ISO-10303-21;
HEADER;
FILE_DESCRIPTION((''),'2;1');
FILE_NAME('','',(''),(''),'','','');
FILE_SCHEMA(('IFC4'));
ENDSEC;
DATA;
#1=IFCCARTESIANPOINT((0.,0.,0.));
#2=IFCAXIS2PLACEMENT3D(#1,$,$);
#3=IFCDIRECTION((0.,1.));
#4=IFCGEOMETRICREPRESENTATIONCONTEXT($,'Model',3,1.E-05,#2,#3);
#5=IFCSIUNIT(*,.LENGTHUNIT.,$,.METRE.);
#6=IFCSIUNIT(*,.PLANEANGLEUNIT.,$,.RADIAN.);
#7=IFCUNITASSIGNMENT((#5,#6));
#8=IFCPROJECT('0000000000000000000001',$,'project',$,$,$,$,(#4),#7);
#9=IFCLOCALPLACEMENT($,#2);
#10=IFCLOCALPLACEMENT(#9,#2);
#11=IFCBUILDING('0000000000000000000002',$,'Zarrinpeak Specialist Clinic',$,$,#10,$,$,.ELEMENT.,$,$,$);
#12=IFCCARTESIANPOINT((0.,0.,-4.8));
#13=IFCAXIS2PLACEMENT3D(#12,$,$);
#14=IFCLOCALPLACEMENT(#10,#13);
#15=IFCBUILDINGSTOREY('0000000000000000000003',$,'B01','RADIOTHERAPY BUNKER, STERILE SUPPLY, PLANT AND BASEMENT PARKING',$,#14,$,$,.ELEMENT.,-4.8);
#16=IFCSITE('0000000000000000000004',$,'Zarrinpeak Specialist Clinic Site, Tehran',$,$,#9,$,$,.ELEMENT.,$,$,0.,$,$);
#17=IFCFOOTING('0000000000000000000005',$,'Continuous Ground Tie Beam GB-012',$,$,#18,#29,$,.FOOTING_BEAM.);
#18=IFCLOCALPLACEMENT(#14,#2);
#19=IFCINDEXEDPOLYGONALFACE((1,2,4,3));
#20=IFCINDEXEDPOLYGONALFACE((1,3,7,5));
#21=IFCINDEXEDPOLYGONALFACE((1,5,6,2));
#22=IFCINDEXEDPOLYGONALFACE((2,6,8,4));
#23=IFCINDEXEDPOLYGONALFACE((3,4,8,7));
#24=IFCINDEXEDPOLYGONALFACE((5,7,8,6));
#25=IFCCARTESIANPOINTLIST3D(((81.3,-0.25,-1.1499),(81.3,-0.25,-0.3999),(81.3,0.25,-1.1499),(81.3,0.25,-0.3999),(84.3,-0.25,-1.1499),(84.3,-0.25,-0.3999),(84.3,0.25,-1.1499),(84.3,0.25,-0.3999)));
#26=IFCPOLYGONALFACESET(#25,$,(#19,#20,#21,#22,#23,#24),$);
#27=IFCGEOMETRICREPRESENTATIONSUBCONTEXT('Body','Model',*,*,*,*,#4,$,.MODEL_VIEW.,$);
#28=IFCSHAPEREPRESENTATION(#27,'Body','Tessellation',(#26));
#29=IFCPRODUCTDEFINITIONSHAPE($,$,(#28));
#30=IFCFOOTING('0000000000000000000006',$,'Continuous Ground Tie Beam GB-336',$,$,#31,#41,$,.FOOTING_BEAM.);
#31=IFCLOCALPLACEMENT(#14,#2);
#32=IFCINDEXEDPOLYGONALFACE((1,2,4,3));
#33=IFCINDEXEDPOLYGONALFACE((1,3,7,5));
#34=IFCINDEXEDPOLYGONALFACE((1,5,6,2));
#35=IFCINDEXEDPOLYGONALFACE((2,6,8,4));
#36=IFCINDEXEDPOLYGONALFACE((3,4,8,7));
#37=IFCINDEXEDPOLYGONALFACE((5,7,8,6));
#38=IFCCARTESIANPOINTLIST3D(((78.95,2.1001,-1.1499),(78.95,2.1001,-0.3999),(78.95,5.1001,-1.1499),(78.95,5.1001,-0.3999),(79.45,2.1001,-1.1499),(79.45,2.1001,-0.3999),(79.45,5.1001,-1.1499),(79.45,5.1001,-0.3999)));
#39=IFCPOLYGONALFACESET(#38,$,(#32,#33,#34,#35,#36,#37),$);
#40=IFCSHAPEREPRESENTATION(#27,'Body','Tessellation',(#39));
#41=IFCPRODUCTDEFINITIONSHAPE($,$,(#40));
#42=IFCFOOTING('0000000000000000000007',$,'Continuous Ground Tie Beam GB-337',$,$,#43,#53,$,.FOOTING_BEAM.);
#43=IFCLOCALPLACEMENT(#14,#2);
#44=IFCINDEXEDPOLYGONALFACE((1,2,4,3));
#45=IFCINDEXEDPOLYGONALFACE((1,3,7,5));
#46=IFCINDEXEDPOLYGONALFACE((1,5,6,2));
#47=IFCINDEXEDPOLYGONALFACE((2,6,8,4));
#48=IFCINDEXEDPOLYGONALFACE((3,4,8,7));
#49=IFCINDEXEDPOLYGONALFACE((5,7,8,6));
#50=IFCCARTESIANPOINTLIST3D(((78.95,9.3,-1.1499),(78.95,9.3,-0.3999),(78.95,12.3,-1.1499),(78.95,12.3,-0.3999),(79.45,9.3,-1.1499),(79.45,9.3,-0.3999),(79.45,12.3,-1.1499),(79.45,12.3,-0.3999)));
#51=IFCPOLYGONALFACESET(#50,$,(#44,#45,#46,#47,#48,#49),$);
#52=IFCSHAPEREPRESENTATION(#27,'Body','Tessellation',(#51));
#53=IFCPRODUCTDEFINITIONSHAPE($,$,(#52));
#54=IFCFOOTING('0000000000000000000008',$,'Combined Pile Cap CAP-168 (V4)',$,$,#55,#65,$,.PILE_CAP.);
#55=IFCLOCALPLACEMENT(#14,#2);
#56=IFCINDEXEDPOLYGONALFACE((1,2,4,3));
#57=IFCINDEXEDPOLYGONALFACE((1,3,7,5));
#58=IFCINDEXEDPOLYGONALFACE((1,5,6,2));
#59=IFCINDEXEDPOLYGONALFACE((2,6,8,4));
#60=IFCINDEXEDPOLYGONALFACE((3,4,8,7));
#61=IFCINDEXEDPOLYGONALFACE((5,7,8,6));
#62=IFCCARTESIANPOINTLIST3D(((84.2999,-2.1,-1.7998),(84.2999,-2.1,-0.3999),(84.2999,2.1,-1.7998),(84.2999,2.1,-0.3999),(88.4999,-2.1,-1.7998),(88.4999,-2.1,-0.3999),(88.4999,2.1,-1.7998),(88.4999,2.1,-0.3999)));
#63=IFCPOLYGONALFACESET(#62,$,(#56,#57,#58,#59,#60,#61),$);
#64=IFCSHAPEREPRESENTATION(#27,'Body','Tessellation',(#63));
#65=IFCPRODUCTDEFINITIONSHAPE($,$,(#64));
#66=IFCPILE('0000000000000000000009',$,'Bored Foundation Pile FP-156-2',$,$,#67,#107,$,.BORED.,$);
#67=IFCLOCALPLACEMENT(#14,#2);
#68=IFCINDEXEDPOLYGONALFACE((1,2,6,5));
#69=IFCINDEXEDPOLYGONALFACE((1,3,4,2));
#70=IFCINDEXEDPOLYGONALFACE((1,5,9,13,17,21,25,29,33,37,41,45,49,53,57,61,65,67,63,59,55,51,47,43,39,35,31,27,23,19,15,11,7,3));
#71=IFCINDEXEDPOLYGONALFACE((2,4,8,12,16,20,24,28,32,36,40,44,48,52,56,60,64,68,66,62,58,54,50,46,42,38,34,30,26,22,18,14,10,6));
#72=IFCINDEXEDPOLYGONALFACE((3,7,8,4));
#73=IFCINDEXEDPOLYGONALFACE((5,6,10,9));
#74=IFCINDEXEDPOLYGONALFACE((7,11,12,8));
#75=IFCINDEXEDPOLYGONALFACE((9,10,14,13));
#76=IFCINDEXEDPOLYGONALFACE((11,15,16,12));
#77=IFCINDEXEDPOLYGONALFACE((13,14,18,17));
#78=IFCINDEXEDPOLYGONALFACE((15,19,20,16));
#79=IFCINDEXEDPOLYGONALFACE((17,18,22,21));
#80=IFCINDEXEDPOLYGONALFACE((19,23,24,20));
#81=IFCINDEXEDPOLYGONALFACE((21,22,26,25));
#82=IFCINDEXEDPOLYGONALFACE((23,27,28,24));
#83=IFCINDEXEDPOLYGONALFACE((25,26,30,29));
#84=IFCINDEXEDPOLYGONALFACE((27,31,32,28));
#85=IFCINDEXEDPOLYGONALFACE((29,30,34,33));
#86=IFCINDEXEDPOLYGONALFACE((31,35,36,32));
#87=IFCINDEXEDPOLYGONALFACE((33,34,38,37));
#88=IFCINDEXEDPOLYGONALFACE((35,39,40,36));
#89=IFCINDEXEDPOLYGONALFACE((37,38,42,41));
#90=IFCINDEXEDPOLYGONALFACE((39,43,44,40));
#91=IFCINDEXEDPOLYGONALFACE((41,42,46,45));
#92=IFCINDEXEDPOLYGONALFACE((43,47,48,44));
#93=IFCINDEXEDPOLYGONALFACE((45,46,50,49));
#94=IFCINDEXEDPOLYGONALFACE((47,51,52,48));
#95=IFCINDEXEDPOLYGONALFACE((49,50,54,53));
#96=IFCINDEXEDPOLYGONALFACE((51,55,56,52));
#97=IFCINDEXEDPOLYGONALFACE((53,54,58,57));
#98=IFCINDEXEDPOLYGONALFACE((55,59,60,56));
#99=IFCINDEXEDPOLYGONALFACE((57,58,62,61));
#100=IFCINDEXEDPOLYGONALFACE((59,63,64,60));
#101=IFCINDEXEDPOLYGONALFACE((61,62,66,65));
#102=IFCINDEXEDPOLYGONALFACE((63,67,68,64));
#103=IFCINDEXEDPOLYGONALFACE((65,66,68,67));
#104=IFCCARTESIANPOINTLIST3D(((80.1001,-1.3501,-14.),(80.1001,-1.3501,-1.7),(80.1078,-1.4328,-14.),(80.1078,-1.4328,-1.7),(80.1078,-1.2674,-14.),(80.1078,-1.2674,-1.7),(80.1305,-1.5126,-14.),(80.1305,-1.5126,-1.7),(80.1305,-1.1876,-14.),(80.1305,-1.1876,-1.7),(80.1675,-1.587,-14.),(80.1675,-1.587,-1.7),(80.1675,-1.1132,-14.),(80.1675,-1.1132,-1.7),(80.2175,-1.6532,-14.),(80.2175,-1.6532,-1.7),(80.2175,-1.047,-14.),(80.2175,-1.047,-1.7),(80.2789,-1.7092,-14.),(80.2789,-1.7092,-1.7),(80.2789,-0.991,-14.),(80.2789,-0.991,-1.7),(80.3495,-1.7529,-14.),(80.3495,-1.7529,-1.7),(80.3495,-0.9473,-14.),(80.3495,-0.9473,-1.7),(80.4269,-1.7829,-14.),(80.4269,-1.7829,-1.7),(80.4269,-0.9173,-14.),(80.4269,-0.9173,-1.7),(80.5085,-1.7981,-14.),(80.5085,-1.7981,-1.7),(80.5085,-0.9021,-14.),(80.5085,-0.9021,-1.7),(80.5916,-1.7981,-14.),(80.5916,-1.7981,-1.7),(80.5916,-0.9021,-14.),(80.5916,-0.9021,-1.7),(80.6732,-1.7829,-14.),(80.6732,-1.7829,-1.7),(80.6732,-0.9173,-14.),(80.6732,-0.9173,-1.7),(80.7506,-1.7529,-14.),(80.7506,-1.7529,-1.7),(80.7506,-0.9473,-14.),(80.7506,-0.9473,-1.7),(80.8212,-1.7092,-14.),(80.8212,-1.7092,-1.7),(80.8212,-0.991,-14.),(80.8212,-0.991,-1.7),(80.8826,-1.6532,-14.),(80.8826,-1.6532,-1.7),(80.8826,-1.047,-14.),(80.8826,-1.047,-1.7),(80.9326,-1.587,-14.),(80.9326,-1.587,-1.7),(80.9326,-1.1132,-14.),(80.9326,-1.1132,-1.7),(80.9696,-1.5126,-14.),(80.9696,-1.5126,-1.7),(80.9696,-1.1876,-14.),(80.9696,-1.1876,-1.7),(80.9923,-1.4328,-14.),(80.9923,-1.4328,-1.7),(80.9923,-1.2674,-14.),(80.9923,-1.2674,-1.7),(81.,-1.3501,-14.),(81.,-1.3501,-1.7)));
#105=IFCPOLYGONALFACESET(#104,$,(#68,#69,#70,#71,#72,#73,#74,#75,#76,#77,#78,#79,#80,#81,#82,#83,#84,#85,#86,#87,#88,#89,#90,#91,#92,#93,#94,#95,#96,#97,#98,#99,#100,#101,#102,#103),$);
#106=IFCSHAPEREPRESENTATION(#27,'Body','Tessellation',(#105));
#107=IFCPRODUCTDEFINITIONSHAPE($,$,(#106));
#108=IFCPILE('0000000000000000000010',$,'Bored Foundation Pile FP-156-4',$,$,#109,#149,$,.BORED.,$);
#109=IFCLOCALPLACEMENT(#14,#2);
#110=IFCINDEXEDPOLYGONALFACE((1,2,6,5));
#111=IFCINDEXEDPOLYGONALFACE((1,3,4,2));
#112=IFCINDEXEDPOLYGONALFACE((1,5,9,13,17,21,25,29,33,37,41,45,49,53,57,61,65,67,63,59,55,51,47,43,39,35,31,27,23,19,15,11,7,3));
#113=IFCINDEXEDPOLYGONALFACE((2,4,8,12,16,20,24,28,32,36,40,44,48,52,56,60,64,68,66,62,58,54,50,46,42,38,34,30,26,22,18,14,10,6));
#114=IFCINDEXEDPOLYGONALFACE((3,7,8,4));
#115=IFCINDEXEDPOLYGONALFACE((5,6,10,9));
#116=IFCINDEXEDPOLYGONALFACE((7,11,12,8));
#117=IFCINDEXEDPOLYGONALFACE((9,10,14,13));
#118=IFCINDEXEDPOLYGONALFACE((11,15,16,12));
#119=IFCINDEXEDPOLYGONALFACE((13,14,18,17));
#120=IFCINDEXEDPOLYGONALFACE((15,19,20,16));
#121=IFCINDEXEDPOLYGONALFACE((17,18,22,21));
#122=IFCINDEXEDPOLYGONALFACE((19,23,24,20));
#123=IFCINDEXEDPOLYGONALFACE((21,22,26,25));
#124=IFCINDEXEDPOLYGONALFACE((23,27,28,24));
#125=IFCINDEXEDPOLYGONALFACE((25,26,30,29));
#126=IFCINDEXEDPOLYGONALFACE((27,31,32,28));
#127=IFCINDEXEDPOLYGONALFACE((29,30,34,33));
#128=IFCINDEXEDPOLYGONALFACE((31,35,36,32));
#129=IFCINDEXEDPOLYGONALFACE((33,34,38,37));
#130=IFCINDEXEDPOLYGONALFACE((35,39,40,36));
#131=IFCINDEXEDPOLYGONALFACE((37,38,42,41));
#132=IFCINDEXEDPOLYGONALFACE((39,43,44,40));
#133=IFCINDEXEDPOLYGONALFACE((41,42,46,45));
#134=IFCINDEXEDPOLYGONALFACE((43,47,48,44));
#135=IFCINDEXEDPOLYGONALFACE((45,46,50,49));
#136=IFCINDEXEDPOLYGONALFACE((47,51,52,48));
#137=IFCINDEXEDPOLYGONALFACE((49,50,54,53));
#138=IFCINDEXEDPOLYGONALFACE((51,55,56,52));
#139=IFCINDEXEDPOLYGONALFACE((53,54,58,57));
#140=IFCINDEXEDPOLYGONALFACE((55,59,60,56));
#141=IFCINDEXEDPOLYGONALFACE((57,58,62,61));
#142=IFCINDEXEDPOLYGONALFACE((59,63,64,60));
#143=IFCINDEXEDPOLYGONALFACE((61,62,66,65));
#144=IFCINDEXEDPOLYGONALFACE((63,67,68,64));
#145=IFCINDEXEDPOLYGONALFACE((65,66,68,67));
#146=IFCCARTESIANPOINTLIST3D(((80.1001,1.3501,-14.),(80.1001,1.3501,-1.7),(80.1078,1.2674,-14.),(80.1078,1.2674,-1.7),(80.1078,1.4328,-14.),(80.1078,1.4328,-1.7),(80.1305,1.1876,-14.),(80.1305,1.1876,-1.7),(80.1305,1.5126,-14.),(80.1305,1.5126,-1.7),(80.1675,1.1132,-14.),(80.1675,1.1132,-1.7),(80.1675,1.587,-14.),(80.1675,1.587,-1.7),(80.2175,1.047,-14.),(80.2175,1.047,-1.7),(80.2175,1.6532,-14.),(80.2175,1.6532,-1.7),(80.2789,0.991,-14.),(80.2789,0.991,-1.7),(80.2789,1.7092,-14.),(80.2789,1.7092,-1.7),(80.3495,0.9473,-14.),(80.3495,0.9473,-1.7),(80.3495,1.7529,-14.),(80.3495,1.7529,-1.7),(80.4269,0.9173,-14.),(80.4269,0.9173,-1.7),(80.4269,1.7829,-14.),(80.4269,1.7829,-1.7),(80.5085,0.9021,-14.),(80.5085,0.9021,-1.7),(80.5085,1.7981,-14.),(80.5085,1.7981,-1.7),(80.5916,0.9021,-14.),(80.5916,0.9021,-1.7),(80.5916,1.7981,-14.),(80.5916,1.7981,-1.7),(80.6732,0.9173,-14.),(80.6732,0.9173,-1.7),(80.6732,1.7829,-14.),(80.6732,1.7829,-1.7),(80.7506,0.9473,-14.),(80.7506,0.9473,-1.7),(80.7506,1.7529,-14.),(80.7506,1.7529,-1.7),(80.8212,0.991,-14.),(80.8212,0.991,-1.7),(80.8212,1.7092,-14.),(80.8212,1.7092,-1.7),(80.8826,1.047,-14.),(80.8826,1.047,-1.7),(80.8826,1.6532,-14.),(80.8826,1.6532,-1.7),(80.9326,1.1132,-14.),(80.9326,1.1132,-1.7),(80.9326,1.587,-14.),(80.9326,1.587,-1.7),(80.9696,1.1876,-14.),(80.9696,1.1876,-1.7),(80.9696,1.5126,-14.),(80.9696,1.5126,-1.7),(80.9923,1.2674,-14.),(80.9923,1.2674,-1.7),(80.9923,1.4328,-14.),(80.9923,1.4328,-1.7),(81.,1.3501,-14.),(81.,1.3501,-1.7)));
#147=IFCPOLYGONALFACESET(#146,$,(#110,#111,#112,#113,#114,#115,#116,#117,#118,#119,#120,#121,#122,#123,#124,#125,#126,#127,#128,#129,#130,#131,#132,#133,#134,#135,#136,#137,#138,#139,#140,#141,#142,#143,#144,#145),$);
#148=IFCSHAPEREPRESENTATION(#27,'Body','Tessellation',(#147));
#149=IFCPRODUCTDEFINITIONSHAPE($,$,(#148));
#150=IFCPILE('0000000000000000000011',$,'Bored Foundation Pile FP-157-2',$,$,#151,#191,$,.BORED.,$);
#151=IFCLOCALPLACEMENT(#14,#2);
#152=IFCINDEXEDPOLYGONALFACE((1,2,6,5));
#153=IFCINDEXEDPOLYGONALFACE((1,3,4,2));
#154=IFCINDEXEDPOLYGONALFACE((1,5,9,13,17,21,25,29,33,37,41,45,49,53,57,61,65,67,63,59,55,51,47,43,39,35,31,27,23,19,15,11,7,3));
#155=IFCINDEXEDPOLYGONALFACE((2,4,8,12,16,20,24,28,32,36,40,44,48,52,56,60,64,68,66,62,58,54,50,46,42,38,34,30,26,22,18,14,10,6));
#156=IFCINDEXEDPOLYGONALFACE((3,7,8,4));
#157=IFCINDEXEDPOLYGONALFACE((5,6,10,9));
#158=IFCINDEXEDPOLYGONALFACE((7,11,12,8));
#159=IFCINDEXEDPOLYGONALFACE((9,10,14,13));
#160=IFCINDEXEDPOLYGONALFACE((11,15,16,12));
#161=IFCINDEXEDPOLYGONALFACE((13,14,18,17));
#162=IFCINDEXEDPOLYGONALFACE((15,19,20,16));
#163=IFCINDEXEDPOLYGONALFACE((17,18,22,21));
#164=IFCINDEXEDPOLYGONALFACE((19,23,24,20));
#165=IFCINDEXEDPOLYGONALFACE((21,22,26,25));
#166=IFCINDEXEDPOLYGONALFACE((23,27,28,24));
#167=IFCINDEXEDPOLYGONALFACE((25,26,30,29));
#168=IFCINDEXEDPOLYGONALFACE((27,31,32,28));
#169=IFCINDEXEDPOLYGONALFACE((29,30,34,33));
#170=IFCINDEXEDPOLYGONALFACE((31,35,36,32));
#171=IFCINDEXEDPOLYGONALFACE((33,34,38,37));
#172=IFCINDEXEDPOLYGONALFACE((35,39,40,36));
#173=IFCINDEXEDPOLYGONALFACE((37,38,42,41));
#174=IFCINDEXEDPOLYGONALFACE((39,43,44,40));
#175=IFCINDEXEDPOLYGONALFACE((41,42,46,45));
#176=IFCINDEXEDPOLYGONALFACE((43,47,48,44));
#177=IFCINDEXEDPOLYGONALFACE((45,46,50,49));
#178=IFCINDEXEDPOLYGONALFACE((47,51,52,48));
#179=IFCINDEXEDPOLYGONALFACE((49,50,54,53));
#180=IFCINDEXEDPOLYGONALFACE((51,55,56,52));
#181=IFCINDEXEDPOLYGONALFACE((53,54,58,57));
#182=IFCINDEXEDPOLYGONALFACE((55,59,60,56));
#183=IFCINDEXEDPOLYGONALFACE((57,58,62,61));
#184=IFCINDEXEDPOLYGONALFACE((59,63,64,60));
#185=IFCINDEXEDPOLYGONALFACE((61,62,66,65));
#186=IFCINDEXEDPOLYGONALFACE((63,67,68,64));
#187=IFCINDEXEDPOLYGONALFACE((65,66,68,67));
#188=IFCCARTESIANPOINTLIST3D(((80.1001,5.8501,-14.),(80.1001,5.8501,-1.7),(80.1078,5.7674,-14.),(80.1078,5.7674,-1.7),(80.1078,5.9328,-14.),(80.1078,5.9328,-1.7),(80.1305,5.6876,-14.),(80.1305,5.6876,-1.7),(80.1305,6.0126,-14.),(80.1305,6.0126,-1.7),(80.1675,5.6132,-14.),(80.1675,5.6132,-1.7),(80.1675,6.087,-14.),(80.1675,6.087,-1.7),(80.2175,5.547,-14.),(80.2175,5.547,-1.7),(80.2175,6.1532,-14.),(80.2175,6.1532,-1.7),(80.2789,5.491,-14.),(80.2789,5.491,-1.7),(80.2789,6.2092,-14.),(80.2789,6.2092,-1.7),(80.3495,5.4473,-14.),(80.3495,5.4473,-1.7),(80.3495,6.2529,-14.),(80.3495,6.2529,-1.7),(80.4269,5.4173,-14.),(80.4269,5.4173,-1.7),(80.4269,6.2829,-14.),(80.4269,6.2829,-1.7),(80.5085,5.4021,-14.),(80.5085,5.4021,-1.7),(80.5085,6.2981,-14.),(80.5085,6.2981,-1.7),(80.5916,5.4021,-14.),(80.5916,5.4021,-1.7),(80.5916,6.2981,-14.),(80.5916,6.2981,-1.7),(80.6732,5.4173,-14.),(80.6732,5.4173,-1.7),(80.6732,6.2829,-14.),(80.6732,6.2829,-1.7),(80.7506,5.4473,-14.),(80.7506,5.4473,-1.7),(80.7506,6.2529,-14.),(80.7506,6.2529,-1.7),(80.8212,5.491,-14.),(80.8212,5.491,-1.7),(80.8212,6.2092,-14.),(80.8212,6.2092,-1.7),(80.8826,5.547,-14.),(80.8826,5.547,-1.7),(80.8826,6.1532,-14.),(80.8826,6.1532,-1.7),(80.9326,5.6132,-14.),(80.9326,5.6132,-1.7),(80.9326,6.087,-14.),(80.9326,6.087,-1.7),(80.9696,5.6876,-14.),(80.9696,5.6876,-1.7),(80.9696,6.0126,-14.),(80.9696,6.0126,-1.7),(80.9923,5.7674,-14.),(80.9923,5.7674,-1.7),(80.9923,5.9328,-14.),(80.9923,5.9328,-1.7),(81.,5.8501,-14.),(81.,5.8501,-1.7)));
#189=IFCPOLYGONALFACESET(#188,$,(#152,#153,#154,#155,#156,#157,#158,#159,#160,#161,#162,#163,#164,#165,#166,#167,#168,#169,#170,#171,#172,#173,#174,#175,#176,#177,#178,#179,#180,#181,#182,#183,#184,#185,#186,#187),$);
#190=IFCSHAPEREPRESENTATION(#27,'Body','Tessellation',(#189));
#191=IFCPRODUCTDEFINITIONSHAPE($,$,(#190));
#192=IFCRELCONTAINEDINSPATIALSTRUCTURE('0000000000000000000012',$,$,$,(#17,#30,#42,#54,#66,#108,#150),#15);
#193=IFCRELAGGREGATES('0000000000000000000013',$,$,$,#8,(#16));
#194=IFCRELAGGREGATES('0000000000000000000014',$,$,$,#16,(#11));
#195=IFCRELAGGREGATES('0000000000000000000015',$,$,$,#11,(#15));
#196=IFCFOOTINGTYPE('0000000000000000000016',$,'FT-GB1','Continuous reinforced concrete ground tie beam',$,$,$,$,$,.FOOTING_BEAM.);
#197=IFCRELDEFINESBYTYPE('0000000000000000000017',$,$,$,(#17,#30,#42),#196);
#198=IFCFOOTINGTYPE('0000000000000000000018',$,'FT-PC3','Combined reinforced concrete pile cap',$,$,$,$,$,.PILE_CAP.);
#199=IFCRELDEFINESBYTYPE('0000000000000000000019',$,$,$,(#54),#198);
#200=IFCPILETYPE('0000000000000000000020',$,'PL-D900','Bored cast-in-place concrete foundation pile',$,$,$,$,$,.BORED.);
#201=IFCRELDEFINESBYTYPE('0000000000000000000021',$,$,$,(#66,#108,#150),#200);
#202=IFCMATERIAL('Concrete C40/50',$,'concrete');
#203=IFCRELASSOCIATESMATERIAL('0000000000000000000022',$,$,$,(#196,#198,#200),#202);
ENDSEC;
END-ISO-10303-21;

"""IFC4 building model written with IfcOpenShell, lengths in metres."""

from ifc_helpers import new_model, si_unit, direction, frame, origin, origin_2d, place, context, subcontext, project, spatial, rectangle, circle, extrude, material, material_profile, profile_set, type_object, element, save


model = new_model("IFC4")

# Units and contexts
model_context = context("Model", 3, precision=1e-05, world=origin(), true_north=direction((0.0, 1.0)))
body_context = subcontext(model_context, "Body", "Model", "MODEL_VIEW")
ifc_project = project(units=[si_unit("LENGTHUNIT", "METRE"), si_unit("PLANEANGLEUNIT", "RADIAN")], contexts=[model_context])

# Site, building, storey
site_placement = place(None, origin())
site = spatial("IfcSite", under=ifc_project, at=site_placement, Name="Zarrinpeak Specialist Clinic Site, Tehran", CompositionType="ELEMENT", RefElevation=0.0)
building_placement = place(site_placement, origin())
building = spatial("IfcBuilding", under=site, at=building_placement, Name="Zarrinpeak Specialist Clinic", CompositionType="ELEMENT")
storey_placement = place(building_placement, frame((0.0, 0.0, -4.8)))
storey = spatial("IfcBuildingStorey", under=building, at=storey_placement, Name="B01", Description="RADIOTHERAPY BUNKER, STERILE SUPPLY, PLANT AND BASEMENT PARKING", CompositionType="ELEMENT", Elevation=-4.8)

# Footings
ifc_material_1 = material(Name="Concrete C40/50", Category="concrete")
ifc_material_profile_1 = material_profile(ifc_material_1, rectangle(XDim=0.5, YDim=0.75, at=origin_2d()), Name="RC 500x750")
ifc_profile_set_1 = profile_set([ifc_material_profile_1], Name="Concrete C40/50")
footing_type_1 = type_object("IfcFootingType", Name="FT-GB1", Description="Continuous reinforced concrete ground tie beam", PredefinedType="FOOTING_BEAM", material=ifc_profile_set_1)
for number, where, z_axis, x_axis, name in (
    (1, (81.3, 0.0, -0.7749), (1.0, 0.0, 0.0), (0.0, 1.0, 0.0), "Continuous Ground Tie Beam GB-012"),
    (2, (79.2, 2.1001, -0.7749), (0.0, 1.0, 0.0), (-1.0, 0.0, 0.0), "Continuous Ground Tie Beam GB-336"),
    (3, (79.2, 9.3, -0.7749), (0.0, 1.0, 0.0), (-1.0, 0.0, 0.0), "Continuous Ground Tie Beam GB-337"),
):
    element("IfcFooting", number, at=place(storey_placement, frame(where, z_axis=z_axis, x_axis=x_axis)), inside=storey, type_object=footing_type_1, Name=name, PredefinedType="FOOTING_BEAM", context=body_context, shape_type="SweptSolid", body=[
        extrude(rectangle(XDim=0.5, YDim=0.75, at=origin_2d()), origin(), (0.0, 0.0, 1.0), 3.0),
    ])
footing_type_2 = type_object("IfcFootingType", Name="FT-PC3", Description="Combined reinforced concrete pile cap", PredefinedType="PILE_CAP", material=ifc_material_1)
footing_placement = place(storey_placement, frame((86.3999, 0.0, -1.7998), z_axis=(0.0, 0.0, 1.0), x_axis=(1.0, 0.0, 0.0)))
element("IfcFooting", 4, at=footing_placement, inside=storey, type_object=footing_type_2, Name="Combined Pile Cap CAP-168 (V4)", PredefinedType="PILE_CAP", context=body_context, shape_type="SweptSolid", body=[
    extrude(rectangle(XDim=4.2, YDim=4.2, at=origin_2d()), origin(), (0.0, 0.0, 1.0), 1.3999),
])

# Piles
ifc_material_profile_2 = material_profile(ifc_material_1, circle(Radius=0.45, at=origin_2d()), Name="BORED PILE D900")
ifc_profile_set_2 = profile_set([ifc_material_profile_2], Name="Concrete C40/50")
pile_type = type_object("IfcPileType", Name="PL-D900", Description="Bored cast-in-place concrete foundation pile", PredefinedType="BORED", material=ifc_profile_set_2)
for number, where, z_axis, x_axis, name in (
    (5, (80.55, -1.3501, -1.7), (0.0, 0.0, -1.0), (1.0, 0.0, 0.0), "Bored Foundation Pile FP-156-2"),
    (6, (80.55, 1.3501, -1.7), (0.0, 0.0, -1.0), (1.0, 0.0, 0.0), "Bored Foundation Pile FP-156-4"),
    (7, (80.55, 5.8501, -1.7), (0.0, 0.0, -1.0), (1.0, 0.0, 0.0), "Bored Foundation Pile FP-157-2"),
):
    element("IfcPile", number, at=place(storey_placement, frame(where, z_axis=z_axis, x_axis=x_axis)), inside=storey, type_object=pile_type, Name=name, PredefinedType="BORED", context=body_context, shape_type="SweptSolid", body=[
        extrude(circle(Radius=0.45, at=origin_2d()), origin(), (0.0, 0.0, 1.0), 12.3),
    ])

save(model, "model.ifc")
